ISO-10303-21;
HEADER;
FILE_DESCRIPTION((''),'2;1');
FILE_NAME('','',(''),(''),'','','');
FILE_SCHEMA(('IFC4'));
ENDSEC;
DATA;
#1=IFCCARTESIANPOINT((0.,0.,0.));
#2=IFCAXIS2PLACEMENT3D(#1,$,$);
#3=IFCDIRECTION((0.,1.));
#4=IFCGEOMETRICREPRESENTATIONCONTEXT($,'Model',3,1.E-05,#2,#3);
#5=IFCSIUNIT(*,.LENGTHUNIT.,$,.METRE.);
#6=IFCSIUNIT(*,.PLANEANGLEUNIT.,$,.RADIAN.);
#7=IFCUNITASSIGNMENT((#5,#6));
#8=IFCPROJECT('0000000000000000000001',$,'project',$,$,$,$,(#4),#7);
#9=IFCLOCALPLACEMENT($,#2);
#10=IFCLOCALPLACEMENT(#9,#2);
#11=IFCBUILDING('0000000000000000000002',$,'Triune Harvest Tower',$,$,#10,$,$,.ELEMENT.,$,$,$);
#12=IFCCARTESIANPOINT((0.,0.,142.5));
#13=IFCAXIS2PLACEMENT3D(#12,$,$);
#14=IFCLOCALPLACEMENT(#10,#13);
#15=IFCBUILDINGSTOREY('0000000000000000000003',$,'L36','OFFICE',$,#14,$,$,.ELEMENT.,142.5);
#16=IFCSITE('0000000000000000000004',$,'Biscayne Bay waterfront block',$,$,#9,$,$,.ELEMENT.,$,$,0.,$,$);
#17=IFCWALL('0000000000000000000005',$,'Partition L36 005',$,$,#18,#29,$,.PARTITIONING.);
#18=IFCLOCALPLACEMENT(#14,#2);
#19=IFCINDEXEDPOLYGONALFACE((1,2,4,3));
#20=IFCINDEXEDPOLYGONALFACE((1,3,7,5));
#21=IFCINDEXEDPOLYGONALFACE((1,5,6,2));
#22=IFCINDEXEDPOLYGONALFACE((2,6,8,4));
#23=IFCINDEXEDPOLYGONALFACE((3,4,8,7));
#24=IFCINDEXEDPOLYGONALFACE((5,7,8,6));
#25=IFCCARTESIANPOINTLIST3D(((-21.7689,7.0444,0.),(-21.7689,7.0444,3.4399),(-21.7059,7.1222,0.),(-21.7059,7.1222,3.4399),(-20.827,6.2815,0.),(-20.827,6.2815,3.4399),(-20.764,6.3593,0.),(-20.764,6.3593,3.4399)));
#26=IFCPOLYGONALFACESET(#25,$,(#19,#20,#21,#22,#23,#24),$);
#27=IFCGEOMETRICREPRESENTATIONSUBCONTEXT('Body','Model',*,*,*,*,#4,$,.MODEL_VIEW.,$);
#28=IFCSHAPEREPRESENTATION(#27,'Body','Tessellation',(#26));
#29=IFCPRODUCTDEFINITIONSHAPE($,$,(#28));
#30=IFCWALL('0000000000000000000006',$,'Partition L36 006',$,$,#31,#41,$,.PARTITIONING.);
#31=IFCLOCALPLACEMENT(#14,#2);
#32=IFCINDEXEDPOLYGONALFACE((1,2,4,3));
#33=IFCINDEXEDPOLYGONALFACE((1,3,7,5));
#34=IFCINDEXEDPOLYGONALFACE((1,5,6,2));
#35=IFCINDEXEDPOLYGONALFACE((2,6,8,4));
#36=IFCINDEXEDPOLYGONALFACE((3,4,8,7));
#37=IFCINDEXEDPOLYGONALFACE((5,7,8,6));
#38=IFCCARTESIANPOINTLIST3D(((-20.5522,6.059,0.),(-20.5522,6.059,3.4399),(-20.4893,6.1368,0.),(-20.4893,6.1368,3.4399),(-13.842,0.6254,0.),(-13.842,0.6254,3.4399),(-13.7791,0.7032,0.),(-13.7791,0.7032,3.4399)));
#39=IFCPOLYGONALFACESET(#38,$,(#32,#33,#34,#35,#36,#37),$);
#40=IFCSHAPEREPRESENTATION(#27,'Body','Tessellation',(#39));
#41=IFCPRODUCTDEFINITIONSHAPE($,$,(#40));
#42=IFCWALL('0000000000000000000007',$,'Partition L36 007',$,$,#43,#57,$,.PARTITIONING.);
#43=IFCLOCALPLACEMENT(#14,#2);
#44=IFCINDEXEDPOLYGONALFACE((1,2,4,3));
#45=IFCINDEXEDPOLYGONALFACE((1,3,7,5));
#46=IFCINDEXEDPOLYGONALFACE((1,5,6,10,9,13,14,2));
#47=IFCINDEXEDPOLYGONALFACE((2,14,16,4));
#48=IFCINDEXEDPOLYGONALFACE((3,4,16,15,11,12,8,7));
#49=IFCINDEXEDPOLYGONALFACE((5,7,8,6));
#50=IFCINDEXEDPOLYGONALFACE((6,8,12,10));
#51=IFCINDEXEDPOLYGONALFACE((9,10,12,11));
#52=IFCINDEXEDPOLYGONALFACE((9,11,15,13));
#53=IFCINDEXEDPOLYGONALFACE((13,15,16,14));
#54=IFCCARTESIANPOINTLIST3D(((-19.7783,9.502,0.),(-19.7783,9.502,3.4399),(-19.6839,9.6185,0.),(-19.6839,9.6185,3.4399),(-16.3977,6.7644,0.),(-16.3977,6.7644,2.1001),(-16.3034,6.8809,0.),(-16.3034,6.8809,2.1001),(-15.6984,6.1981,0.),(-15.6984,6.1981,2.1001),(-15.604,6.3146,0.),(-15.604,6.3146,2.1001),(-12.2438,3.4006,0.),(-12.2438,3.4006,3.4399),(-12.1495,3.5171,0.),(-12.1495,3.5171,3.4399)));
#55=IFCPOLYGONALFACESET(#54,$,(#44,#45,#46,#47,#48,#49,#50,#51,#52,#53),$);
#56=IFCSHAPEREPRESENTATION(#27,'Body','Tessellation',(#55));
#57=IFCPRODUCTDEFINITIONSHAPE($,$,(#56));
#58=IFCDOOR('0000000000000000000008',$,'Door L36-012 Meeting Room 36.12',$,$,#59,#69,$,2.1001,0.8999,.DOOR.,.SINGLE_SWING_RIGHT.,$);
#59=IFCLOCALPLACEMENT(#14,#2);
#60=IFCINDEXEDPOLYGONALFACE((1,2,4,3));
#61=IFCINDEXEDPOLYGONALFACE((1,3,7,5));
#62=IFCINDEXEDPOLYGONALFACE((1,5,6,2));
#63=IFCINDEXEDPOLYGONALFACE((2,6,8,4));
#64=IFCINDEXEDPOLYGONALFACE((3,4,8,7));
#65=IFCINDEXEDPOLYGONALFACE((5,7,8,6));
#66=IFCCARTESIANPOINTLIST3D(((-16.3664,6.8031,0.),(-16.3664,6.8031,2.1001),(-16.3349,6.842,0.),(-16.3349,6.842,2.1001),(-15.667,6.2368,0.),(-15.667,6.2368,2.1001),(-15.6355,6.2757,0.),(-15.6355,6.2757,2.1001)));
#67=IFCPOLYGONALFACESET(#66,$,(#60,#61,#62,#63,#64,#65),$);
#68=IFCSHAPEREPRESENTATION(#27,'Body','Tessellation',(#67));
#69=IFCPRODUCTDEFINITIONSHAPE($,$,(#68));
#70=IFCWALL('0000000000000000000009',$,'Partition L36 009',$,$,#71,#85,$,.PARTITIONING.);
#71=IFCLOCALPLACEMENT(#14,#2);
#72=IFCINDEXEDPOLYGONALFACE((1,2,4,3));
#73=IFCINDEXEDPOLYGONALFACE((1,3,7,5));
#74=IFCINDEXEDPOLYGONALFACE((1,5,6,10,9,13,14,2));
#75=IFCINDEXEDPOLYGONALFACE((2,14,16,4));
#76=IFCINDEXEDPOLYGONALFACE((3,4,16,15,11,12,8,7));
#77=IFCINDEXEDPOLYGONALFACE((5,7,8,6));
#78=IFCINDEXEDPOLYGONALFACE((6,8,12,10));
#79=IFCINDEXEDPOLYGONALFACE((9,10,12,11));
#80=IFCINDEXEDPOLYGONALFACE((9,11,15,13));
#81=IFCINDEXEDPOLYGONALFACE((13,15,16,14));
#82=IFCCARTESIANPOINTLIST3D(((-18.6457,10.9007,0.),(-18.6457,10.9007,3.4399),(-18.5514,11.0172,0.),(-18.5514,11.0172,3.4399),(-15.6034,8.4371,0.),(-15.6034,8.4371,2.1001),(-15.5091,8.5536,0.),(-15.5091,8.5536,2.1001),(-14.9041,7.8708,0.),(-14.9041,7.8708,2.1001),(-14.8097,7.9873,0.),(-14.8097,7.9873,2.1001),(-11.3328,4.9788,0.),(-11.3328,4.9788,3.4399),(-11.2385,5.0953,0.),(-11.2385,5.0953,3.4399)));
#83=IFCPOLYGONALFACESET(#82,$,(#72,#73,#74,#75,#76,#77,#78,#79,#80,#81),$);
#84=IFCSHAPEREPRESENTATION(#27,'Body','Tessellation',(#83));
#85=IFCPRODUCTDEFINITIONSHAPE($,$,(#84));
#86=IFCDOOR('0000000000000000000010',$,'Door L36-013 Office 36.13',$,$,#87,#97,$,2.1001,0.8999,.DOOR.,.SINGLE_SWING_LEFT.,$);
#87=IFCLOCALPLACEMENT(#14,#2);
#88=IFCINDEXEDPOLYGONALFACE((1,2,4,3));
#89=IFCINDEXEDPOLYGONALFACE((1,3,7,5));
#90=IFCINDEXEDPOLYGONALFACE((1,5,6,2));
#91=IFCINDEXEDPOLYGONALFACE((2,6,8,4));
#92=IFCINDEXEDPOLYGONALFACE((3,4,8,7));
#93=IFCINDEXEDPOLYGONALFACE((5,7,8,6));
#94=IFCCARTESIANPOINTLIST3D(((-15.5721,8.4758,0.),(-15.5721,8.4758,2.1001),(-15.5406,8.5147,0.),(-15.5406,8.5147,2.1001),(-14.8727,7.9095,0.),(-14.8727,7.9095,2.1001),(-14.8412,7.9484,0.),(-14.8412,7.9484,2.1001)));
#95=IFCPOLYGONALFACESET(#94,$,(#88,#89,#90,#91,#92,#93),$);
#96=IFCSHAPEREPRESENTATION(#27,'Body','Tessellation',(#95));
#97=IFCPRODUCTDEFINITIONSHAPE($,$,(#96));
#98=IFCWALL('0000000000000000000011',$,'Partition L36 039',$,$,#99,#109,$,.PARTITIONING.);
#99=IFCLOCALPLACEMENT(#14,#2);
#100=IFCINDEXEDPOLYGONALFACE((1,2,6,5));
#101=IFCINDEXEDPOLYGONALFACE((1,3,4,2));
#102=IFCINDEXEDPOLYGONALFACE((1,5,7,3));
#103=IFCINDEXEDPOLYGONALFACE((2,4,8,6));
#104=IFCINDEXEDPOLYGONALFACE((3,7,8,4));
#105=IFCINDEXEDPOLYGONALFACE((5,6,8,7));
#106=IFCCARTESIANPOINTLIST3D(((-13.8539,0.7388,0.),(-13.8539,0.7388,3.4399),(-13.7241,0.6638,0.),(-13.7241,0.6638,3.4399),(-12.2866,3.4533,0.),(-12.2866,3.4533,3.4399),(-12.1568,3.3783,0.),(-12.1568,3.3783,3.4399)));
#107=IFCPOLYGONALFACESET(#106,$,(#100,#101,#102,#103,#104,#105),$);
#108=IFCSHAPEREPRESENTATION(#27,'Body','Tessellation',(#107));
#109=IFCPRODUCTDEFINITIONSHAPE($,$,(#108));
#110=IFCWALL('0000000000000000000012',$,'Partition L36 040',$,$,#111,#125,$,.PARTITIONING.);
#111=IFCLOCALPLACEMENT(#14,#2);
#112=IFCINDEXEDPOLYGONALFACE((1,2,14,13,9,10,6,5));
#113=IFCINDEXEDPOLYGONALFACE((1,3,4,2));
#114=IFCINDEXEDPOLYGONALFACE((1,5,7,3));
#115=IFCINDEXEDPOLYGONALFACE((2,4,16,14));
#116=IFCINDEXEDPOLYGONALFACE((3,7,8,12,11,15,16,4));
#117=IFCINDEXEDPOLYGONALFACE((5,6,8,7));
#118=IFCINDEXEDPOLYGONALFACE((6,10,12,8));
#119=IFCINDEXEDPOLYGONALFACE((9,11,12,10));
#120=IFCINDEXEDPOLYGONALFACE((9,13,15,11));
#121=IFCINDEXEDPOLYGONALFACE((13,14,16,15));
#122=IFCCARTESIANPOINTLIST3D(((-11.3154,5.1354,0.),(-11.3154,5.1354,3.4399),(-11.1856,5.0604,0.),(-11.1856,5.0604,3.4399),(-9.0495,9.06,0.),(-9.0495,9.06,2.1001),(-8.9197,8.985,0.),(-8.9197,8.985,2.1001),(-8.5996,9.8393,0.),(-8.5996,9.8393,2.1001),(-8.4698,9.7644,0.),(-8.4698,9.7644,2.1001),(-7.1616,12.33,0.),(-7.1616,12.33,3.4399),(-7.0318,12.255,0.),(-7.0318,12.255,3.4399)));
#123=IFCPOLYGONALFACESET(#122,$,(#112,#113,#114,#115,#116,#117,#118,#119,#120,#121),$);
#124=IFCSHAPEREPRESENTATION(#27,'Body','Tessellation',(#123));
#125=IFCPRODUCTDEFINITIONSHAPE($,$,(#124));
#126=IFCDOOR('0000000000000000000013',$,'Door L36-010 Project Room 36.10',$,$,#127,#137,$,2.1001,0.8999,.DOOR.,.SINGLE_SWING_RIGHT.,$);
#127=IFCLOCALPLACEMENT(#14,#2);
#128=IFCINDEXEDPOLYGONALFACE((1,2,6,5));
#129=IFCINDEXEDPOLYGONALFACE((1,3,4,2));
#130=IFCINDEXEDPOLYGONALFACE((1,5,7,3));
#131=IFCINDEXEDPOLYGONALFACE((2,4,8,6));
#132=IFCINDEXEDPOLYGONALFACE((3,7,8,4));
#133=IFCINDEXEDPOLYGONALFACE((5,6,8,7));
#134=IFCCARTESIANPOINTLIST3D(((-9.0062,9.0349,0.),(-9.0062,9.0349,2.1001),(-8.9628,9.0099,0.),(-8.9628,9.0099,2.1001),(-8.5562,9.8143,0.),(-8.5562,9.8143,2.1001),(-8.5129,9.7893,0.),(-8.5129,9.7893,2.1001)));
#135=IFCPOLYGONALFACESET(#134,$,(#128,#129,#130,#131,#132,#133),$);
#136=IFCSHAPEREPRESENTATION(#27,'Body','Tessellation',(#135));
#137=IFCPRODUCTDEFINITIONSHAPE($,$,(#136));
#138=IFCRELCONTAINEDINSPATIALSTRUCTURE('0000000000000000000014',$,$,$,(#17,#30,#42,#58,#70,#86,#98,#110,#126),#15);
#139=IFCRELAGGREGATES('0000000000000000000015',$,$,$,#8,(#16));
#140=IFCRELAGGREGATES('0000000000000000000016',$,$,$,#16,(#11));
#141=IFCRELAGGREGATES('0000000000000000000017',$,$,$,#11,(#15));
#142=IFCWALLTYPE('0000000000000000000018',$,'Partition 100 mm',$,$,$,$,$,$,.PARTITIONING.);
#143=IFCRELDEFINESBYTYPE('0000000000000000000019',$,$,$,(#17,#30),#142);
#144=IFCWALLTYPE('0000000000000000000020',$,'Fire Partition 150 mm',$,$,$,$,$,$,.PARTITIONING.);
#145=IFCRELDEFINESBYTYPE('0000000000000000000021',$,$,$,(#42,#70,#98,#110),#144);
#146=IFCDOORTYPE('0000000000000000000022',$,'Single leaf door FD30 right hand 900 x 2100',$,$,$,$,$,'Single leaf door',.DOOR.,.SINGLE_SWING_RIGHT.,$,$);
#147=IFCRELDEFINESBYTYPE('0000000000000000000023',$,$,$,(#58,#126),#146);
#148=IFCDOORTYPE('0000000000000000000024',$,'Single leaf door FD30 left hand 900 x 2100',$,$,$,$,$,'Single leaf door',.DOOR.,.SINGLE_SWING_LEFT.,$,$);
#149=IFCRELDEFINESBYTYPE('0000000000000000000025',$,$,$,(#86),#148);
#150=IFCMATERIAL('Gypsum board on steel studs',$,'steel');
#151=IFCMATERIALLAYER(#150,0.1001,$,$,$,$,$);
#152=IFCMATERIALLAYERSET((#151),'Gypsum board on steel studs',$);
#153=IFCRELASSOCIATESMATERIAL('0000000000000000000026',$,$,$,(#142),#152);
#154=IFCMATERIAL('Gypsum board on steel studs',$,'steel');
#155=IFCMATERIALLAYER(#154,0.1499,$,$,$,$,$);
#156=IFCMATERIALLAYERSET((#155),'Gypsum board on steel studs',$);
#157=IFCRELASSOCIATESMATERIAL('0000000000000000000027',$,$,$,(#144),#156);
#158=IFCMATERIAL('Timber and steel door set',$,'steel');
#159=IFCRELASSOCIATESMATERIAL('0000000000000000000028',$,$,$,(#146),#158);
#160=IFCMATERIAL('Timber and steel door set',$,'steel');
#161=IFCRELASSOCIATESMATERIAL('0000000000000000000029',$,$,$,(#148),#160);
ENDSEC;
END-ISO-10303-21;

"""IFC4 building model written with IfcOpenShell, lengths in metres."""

from ifc_helpers import new_model, si_unit, direction, frame, frame_2d, origin, place, context, subcontext, project, spatial, rectangle, extrude, source, transform, mapped, material, layer, layer_set, type_object, element, fill, save


model = new_model("IFC4")

# Units and contexts
model_context = context("Model", 3, precision=1e-05, world=origin(), true_north=direction((0.0, 1.0)))
body_context = subcontext(model_context, "Body", "Model", "MODEL_VIEW")
ifc_project = project(units=[si_unit("LENGTHUNIT", "METRE"), si_unit("PLANEANGLEUNIT", "RADIAN")], contexts=[model_context])

# Site, building, storey
site_placement = place(None, origin())
site = spatial("IfcSite", under=ifc_project, at=site_placement, Name="Biscayne Bay waterfront block", CompositionType="ELEMENT", RefElevation=0.0)
building_placement = place(site_placement, origin())
building = spatial("IfcBuilding", under=site, at=building_placement, Name="Triune Harvest Tower", CompositionType="ELEMENT")
storey_placement = place(building_placement, frame((0.0, 0.0, 142.5)))
storey = spatial("IfcBuildingStorey", under=building, at=storey_placement, Name="L36", Description="OFFICE", CompositionType="ELEMENT", Elevation=142.5)

# Walls
ifc_material_1 = material(Name="Gypsum board on steel studs", Category="steel")
ifc_layer_1 = layer(ifc_material_1, 0.1001)
ifc_layer_set_1 = layer_set([ifc_layer_1], Name="Gypsum board on steel studs")
wall_type_1 = type_object("IfcWallType", Name="Partition 100 mm", PredefinedType="PARTITIONING", material=ifc_layer_set_1)
shared_shape_1 = source(origin(), body_context, "Body", "SweptSolid", [
    extrude(rectangle(XDim=1.2122, YDim=0.1001, at=frame_2d((0.606, 0.0))), origin(), (0.0, 0.0, 1.0), 3.4399),
])
wall_1_placement = place(storey_placement, frame((-21.7373, 7.0833, 0.0), z_axis=(0.0, 0.0, 1.0), x_axis=(0.777062, -0.629424, 0.0)))
element("IfcWall", 1, at=wall_1_placement, inside=storey, type_object=wall_type_1, Name="Partition L36 005", PredefinedType="PARTITIONING", context=body_context, shape_type="MappedRepresentation", body=[
    mapped(shared_shape_1, transform((0.0, 0.0, 0.0), scale=1.0)),
])
shared_shape_2 = source(origin(), body_context, "Body", "SweptSolid", [
    extrude(rectangle(XDim=8.6343, YDim=0.1001, at=frame_2d((4.3171, 0.0))), origin(), (0.0, 0.0, 1.0), 3.4399),
])
wall_2_placement = place(storey_placement, frame((-20.5208, 6.0979, 0.0), z_axis=(0.0, 0.0, 1.0), x_axis=(0.777159, -0.629305, 0.0)))
element("IfcWall", 2, at=wall_2_placement, inside=storey, type_object=wall_type_1, Name="Partition L36 006", PredefinedType="PARTITIONING", context=body_context, shape_type="MappedRepresentation", body=[
    mapped(shared_shape_2, transform((0.0, 0.0, 0.0), scale=1.0)),
])

# Walls, openings, doors
ifc_material_2 = material(Name="Gypsum board on steel studs", Category="steel")
ifc_layer_2 = layer(ifc_material_2, 0.1499)
ifc_layer_set_2 = layer_set([ifc_layer_2], Name="Gypsum board on steel studs")
wall_type_2 = type_object("IfcWallType", Name="Fire Partition 150 mm", PredefinedType="PARTITIONING", material=ifc_layer_set_2)
shared_shape_3 = source(origin(), body_context, "Body", "SweptSolid", [
    extrude(rectangle(XDim=9.6951, YDim=0.1499, at=frame_2d((4.8477, 0.0))), origin(), (0.0, 0.0, 1.0), 3.4399),
])
wall_3_placement = place(storey_placement, frame((-19.7312, 9.5603, 0.0), z_axis=(0.0, 0.0, 1.0), x_axis=(0.777143, -0.629324, 0.0)))
wall_3 = element("IfcWall", 3, at=wall_3_placement, inside=storey, type_object=wall_type_2, Name="Partition L36 007", PredefinedType="PARTITIONING", context=body_context, shape_type="MappedRepresentation", body=[
    mapped(shared_shape_3, transform((0.0, 0.0, 0.0), scale=1.0)),
])
opening_1_placement = place(wall_3_placement, frame((4.3501, 0.0, 0.0)))
opening_1 = element("IfcOpeningElement", 4, at=opening_1_placement, cuts=wall_3, PredefinedType="OPENING", context=body_context, shape_type="SweptSolid", body=[
    extrude(rectangle(XDim=0.8999, YDim=2.1001, at=frame_2d((0.45, 1.05))), frame((0.0, 0.085, 0.0), z_axis=(0.0, -1.0, 0.0), x_axis=(1.0, 0.0, 0.0)), (0.0, 0.0, 1.0), 0.1699),
])
ifc_material_3 = material(Name="Timber and steel door set", Category="steel")
door_type_1 = type_object("IfcDoorType", Name="Single leaf door FD30 right hand 900 x 2100", ElementType="Single leaf door", OperationType="SINGLE_SWING_RIGHT", PredefinedType="DOOR", material=ifc_material_3)
door_1_placement = place(opening_1_placement, origin())
door_1 = element("IfcDoor", 5, at=door_1_placement, inside=storey, type_object=door_type_1, Name="Door L36-012 Meeting Room 36.12", OperationType="SINGLE_SWING_RIGHT", OverallHeight=2.1001, OverallWidth=0.8999, PredefinedType="DOOR", context=body_context, shape_type="SweptSolid", body=[
    extrude(rectangle(XDim=0.8999, YDim=2.1001, at=frame_2d((0.45, 1.05))), frame((0.0, 0.0249, 0.0), z_axis=(0.0, -1.0, 0.0), x_axis=(1.0, 0.0, 0.0)), (0.0, 0.0, 1.0), 0.05),
])
fill(opening_1, door_1)
shared_shape_4 = source(origin(), body_context, "Body", "SweptSolid", [
    extrude(rectangle(XDim=9.4099, YDim=0.1499, at=frame_2d((4.7051, 0.0))), origin(), (0.0, 0.0, 1.0), 3.4399),
])
wall_4_placement = place(storey_placement, frame((-18.5986, 10.959, 0.0), z_axis=(0.0, 0.0, 1.0), x_axis=(0.777149, -0.629316, 0.0)))
wall_4 = element("IfcWall", 6, at=wall_4_placement, inside=storey, type_object=wall_type_2, Name="Partition L36 009", PredefinedType="PARTITIONING", context=body_context, shape_type="MappedRepresentation", body=[
    mapped(shared_shape_4, transform((0.0, 0.0, 0.0), scale=1.0)),
])
opening_2_placement = place(wall_4_placement, frame((3.9148, 0.0, 0.0)))
opening_2 = element("IfcOpeningElement", 7, at=opening_2_placement, cuts=wall_4, PredefinedType="OPENING", context=body_context, shape_type="SweptSolid", body=[
    extrude(rectangle(XDim=0.8999, YDim=2.1001, at=frame_2d((0.45, 1.05))), frame((0.0, 0.085, 0.0), z_axis=(0.0, -1.0, 0.0), x_axis=(1.0, 0.0, 0.0)), (0.0, 0.0, 1.0), 0.1699),
])
ifc_material_4 = material(Name="Timber and steel door set", Category="steel")
door_type_2 = type_object("IfcDoorType", Name="Single leaf door FD30 left hand 900 x 2100", ElementType="Single leaf door", OperationType="SINGLE_SWING_LEFT", PredefinedType="DOOR", material=ifc_material_4)
door_2_placement = place(opening_2_placement, origin())
door_2 = element("IfcDoor", 8, at=door_2_placement, inside=storey, type_object=door_type_2, Name="Door L36-013 Office 36.13", OperationType="SINGLE_SWING_LEFT", OverallHeight=2.1001, OverallWidth=0.8999, PredefinedType="DOOR", context=body_context, shape_type="SweptSolid", body=[
    extrude(rectangle(XDim=0.8999, YDim=2.1001, at=frame_2d((0.45, 1.05))), frame((0.0, 0.0249, 0.0), z_axis=(0.0, -1.0, 0.0), x_axis=(1.0, 0.0, 0.0)), (0.0, 0.0, 1.0), 0.05),
])
fill(opening_2, door_2)

# Wall
shared_shape_5 = source(origin(), body_context, "Body", "SweptSolid", [
    extrude(rectangle(XDim=3.1345, YDim=0.1499, at=frame_2d((1.5674, 0.0))), origin(), (0.0, 0.0, 1.0), 3.4399),
])
wall_5_placement = place(storey_placement, frame((-13.7891, 0.7012, 0.0), z_axis=(0.0, 0.0, 1.0), x_axis=(0.500026, 0.86601, 0.0)))
element("IfcWall", 9, at=wall_5_placement, inside=storey, type_object=wall_type_2, Name="Partition L36 039", PredefinedType="PARTITIONING", context=body_context, shape_type="MappedRepresentation", body=[
    mapped(shared_shape_5, transform((0.0, 0.0, 0.0), scale=1.0)),
])

# Wall, opening, door
shared_shape_6 = source(origin(), body_context, "Body", "SweptSolid", [
    extrude(rectangle(XDim=8.3076, YDim=0.1499, at=frame_2d((4.1538, 0.0))), origin(), (0.0, 0.0, 1.0), 3.4399),
])
wall_6_placement = place(storey_placement, frame((-11.2505, 5.0979, 0.0), z_axis=(0.0, 0.0, 1.0), x_axis=(0.500001, 0.866025, 0.0)))
wall_6 = element("IfcWall", 10, at=wall_6_placement, inside=storey, type_object=wall_type_2, Name="Partition L36 040", PredefinedType="PARTITIONING", context=body_context, shape_type="MappedRepresentation", body=[
    mapped(shared_shape_6, transform((0.0, 0.0, 0.0), scale=1.0)),
])
opening_3_placement = place(wall_6_placement, frame((4.5317, 0.0, 0.0)))
opening_3 = element("IfcOpeningElement", 11, at=opening_3_placement, cuts=wall_6, PredefinedType="OPENING", context=body_context, shape_type="SweptSolid", body=[
    extrude(rectangle(XDim=0.8999, YDim=2.1001, at=frame_2d((0.45, 1.05))), frame((0.0, 0.085, 0.0), z_axis=(0.0, -1.0, 0.0), x_axis=(1.0, 0.0, 0.0)), (0.0, 0.0, 1.0), 0.1699),
])
door_3_placement = place(opening_3_placement, origin())
door_3 = element("IfcDoor", 12, at=door_3_placement, inside=storey, type_object=door_type_1, Name="Door L36-010 Project Room 36.10", OperationType="SINGLE_SWING_RIGHT", OverallHeight=2.1001, OverallWidth=0.8999, PredefinedType="DOOR", context=body_context, shape_type="SweptSolid", body=[
    extrude(rectangle(XDim=0.8999, YDim=2.1001, at=frame_2d((0.45, 1.05))), frame((0.0, 0.0249, 0.0), z_axis=(0.0, -1.0, 0.0), x_axis=(1.0, 0.0, 0.0)), (0.0, 0.0, 1.0), 0.05),
])
fill(opening_3, door_3)

save(model, "model.ifc")
